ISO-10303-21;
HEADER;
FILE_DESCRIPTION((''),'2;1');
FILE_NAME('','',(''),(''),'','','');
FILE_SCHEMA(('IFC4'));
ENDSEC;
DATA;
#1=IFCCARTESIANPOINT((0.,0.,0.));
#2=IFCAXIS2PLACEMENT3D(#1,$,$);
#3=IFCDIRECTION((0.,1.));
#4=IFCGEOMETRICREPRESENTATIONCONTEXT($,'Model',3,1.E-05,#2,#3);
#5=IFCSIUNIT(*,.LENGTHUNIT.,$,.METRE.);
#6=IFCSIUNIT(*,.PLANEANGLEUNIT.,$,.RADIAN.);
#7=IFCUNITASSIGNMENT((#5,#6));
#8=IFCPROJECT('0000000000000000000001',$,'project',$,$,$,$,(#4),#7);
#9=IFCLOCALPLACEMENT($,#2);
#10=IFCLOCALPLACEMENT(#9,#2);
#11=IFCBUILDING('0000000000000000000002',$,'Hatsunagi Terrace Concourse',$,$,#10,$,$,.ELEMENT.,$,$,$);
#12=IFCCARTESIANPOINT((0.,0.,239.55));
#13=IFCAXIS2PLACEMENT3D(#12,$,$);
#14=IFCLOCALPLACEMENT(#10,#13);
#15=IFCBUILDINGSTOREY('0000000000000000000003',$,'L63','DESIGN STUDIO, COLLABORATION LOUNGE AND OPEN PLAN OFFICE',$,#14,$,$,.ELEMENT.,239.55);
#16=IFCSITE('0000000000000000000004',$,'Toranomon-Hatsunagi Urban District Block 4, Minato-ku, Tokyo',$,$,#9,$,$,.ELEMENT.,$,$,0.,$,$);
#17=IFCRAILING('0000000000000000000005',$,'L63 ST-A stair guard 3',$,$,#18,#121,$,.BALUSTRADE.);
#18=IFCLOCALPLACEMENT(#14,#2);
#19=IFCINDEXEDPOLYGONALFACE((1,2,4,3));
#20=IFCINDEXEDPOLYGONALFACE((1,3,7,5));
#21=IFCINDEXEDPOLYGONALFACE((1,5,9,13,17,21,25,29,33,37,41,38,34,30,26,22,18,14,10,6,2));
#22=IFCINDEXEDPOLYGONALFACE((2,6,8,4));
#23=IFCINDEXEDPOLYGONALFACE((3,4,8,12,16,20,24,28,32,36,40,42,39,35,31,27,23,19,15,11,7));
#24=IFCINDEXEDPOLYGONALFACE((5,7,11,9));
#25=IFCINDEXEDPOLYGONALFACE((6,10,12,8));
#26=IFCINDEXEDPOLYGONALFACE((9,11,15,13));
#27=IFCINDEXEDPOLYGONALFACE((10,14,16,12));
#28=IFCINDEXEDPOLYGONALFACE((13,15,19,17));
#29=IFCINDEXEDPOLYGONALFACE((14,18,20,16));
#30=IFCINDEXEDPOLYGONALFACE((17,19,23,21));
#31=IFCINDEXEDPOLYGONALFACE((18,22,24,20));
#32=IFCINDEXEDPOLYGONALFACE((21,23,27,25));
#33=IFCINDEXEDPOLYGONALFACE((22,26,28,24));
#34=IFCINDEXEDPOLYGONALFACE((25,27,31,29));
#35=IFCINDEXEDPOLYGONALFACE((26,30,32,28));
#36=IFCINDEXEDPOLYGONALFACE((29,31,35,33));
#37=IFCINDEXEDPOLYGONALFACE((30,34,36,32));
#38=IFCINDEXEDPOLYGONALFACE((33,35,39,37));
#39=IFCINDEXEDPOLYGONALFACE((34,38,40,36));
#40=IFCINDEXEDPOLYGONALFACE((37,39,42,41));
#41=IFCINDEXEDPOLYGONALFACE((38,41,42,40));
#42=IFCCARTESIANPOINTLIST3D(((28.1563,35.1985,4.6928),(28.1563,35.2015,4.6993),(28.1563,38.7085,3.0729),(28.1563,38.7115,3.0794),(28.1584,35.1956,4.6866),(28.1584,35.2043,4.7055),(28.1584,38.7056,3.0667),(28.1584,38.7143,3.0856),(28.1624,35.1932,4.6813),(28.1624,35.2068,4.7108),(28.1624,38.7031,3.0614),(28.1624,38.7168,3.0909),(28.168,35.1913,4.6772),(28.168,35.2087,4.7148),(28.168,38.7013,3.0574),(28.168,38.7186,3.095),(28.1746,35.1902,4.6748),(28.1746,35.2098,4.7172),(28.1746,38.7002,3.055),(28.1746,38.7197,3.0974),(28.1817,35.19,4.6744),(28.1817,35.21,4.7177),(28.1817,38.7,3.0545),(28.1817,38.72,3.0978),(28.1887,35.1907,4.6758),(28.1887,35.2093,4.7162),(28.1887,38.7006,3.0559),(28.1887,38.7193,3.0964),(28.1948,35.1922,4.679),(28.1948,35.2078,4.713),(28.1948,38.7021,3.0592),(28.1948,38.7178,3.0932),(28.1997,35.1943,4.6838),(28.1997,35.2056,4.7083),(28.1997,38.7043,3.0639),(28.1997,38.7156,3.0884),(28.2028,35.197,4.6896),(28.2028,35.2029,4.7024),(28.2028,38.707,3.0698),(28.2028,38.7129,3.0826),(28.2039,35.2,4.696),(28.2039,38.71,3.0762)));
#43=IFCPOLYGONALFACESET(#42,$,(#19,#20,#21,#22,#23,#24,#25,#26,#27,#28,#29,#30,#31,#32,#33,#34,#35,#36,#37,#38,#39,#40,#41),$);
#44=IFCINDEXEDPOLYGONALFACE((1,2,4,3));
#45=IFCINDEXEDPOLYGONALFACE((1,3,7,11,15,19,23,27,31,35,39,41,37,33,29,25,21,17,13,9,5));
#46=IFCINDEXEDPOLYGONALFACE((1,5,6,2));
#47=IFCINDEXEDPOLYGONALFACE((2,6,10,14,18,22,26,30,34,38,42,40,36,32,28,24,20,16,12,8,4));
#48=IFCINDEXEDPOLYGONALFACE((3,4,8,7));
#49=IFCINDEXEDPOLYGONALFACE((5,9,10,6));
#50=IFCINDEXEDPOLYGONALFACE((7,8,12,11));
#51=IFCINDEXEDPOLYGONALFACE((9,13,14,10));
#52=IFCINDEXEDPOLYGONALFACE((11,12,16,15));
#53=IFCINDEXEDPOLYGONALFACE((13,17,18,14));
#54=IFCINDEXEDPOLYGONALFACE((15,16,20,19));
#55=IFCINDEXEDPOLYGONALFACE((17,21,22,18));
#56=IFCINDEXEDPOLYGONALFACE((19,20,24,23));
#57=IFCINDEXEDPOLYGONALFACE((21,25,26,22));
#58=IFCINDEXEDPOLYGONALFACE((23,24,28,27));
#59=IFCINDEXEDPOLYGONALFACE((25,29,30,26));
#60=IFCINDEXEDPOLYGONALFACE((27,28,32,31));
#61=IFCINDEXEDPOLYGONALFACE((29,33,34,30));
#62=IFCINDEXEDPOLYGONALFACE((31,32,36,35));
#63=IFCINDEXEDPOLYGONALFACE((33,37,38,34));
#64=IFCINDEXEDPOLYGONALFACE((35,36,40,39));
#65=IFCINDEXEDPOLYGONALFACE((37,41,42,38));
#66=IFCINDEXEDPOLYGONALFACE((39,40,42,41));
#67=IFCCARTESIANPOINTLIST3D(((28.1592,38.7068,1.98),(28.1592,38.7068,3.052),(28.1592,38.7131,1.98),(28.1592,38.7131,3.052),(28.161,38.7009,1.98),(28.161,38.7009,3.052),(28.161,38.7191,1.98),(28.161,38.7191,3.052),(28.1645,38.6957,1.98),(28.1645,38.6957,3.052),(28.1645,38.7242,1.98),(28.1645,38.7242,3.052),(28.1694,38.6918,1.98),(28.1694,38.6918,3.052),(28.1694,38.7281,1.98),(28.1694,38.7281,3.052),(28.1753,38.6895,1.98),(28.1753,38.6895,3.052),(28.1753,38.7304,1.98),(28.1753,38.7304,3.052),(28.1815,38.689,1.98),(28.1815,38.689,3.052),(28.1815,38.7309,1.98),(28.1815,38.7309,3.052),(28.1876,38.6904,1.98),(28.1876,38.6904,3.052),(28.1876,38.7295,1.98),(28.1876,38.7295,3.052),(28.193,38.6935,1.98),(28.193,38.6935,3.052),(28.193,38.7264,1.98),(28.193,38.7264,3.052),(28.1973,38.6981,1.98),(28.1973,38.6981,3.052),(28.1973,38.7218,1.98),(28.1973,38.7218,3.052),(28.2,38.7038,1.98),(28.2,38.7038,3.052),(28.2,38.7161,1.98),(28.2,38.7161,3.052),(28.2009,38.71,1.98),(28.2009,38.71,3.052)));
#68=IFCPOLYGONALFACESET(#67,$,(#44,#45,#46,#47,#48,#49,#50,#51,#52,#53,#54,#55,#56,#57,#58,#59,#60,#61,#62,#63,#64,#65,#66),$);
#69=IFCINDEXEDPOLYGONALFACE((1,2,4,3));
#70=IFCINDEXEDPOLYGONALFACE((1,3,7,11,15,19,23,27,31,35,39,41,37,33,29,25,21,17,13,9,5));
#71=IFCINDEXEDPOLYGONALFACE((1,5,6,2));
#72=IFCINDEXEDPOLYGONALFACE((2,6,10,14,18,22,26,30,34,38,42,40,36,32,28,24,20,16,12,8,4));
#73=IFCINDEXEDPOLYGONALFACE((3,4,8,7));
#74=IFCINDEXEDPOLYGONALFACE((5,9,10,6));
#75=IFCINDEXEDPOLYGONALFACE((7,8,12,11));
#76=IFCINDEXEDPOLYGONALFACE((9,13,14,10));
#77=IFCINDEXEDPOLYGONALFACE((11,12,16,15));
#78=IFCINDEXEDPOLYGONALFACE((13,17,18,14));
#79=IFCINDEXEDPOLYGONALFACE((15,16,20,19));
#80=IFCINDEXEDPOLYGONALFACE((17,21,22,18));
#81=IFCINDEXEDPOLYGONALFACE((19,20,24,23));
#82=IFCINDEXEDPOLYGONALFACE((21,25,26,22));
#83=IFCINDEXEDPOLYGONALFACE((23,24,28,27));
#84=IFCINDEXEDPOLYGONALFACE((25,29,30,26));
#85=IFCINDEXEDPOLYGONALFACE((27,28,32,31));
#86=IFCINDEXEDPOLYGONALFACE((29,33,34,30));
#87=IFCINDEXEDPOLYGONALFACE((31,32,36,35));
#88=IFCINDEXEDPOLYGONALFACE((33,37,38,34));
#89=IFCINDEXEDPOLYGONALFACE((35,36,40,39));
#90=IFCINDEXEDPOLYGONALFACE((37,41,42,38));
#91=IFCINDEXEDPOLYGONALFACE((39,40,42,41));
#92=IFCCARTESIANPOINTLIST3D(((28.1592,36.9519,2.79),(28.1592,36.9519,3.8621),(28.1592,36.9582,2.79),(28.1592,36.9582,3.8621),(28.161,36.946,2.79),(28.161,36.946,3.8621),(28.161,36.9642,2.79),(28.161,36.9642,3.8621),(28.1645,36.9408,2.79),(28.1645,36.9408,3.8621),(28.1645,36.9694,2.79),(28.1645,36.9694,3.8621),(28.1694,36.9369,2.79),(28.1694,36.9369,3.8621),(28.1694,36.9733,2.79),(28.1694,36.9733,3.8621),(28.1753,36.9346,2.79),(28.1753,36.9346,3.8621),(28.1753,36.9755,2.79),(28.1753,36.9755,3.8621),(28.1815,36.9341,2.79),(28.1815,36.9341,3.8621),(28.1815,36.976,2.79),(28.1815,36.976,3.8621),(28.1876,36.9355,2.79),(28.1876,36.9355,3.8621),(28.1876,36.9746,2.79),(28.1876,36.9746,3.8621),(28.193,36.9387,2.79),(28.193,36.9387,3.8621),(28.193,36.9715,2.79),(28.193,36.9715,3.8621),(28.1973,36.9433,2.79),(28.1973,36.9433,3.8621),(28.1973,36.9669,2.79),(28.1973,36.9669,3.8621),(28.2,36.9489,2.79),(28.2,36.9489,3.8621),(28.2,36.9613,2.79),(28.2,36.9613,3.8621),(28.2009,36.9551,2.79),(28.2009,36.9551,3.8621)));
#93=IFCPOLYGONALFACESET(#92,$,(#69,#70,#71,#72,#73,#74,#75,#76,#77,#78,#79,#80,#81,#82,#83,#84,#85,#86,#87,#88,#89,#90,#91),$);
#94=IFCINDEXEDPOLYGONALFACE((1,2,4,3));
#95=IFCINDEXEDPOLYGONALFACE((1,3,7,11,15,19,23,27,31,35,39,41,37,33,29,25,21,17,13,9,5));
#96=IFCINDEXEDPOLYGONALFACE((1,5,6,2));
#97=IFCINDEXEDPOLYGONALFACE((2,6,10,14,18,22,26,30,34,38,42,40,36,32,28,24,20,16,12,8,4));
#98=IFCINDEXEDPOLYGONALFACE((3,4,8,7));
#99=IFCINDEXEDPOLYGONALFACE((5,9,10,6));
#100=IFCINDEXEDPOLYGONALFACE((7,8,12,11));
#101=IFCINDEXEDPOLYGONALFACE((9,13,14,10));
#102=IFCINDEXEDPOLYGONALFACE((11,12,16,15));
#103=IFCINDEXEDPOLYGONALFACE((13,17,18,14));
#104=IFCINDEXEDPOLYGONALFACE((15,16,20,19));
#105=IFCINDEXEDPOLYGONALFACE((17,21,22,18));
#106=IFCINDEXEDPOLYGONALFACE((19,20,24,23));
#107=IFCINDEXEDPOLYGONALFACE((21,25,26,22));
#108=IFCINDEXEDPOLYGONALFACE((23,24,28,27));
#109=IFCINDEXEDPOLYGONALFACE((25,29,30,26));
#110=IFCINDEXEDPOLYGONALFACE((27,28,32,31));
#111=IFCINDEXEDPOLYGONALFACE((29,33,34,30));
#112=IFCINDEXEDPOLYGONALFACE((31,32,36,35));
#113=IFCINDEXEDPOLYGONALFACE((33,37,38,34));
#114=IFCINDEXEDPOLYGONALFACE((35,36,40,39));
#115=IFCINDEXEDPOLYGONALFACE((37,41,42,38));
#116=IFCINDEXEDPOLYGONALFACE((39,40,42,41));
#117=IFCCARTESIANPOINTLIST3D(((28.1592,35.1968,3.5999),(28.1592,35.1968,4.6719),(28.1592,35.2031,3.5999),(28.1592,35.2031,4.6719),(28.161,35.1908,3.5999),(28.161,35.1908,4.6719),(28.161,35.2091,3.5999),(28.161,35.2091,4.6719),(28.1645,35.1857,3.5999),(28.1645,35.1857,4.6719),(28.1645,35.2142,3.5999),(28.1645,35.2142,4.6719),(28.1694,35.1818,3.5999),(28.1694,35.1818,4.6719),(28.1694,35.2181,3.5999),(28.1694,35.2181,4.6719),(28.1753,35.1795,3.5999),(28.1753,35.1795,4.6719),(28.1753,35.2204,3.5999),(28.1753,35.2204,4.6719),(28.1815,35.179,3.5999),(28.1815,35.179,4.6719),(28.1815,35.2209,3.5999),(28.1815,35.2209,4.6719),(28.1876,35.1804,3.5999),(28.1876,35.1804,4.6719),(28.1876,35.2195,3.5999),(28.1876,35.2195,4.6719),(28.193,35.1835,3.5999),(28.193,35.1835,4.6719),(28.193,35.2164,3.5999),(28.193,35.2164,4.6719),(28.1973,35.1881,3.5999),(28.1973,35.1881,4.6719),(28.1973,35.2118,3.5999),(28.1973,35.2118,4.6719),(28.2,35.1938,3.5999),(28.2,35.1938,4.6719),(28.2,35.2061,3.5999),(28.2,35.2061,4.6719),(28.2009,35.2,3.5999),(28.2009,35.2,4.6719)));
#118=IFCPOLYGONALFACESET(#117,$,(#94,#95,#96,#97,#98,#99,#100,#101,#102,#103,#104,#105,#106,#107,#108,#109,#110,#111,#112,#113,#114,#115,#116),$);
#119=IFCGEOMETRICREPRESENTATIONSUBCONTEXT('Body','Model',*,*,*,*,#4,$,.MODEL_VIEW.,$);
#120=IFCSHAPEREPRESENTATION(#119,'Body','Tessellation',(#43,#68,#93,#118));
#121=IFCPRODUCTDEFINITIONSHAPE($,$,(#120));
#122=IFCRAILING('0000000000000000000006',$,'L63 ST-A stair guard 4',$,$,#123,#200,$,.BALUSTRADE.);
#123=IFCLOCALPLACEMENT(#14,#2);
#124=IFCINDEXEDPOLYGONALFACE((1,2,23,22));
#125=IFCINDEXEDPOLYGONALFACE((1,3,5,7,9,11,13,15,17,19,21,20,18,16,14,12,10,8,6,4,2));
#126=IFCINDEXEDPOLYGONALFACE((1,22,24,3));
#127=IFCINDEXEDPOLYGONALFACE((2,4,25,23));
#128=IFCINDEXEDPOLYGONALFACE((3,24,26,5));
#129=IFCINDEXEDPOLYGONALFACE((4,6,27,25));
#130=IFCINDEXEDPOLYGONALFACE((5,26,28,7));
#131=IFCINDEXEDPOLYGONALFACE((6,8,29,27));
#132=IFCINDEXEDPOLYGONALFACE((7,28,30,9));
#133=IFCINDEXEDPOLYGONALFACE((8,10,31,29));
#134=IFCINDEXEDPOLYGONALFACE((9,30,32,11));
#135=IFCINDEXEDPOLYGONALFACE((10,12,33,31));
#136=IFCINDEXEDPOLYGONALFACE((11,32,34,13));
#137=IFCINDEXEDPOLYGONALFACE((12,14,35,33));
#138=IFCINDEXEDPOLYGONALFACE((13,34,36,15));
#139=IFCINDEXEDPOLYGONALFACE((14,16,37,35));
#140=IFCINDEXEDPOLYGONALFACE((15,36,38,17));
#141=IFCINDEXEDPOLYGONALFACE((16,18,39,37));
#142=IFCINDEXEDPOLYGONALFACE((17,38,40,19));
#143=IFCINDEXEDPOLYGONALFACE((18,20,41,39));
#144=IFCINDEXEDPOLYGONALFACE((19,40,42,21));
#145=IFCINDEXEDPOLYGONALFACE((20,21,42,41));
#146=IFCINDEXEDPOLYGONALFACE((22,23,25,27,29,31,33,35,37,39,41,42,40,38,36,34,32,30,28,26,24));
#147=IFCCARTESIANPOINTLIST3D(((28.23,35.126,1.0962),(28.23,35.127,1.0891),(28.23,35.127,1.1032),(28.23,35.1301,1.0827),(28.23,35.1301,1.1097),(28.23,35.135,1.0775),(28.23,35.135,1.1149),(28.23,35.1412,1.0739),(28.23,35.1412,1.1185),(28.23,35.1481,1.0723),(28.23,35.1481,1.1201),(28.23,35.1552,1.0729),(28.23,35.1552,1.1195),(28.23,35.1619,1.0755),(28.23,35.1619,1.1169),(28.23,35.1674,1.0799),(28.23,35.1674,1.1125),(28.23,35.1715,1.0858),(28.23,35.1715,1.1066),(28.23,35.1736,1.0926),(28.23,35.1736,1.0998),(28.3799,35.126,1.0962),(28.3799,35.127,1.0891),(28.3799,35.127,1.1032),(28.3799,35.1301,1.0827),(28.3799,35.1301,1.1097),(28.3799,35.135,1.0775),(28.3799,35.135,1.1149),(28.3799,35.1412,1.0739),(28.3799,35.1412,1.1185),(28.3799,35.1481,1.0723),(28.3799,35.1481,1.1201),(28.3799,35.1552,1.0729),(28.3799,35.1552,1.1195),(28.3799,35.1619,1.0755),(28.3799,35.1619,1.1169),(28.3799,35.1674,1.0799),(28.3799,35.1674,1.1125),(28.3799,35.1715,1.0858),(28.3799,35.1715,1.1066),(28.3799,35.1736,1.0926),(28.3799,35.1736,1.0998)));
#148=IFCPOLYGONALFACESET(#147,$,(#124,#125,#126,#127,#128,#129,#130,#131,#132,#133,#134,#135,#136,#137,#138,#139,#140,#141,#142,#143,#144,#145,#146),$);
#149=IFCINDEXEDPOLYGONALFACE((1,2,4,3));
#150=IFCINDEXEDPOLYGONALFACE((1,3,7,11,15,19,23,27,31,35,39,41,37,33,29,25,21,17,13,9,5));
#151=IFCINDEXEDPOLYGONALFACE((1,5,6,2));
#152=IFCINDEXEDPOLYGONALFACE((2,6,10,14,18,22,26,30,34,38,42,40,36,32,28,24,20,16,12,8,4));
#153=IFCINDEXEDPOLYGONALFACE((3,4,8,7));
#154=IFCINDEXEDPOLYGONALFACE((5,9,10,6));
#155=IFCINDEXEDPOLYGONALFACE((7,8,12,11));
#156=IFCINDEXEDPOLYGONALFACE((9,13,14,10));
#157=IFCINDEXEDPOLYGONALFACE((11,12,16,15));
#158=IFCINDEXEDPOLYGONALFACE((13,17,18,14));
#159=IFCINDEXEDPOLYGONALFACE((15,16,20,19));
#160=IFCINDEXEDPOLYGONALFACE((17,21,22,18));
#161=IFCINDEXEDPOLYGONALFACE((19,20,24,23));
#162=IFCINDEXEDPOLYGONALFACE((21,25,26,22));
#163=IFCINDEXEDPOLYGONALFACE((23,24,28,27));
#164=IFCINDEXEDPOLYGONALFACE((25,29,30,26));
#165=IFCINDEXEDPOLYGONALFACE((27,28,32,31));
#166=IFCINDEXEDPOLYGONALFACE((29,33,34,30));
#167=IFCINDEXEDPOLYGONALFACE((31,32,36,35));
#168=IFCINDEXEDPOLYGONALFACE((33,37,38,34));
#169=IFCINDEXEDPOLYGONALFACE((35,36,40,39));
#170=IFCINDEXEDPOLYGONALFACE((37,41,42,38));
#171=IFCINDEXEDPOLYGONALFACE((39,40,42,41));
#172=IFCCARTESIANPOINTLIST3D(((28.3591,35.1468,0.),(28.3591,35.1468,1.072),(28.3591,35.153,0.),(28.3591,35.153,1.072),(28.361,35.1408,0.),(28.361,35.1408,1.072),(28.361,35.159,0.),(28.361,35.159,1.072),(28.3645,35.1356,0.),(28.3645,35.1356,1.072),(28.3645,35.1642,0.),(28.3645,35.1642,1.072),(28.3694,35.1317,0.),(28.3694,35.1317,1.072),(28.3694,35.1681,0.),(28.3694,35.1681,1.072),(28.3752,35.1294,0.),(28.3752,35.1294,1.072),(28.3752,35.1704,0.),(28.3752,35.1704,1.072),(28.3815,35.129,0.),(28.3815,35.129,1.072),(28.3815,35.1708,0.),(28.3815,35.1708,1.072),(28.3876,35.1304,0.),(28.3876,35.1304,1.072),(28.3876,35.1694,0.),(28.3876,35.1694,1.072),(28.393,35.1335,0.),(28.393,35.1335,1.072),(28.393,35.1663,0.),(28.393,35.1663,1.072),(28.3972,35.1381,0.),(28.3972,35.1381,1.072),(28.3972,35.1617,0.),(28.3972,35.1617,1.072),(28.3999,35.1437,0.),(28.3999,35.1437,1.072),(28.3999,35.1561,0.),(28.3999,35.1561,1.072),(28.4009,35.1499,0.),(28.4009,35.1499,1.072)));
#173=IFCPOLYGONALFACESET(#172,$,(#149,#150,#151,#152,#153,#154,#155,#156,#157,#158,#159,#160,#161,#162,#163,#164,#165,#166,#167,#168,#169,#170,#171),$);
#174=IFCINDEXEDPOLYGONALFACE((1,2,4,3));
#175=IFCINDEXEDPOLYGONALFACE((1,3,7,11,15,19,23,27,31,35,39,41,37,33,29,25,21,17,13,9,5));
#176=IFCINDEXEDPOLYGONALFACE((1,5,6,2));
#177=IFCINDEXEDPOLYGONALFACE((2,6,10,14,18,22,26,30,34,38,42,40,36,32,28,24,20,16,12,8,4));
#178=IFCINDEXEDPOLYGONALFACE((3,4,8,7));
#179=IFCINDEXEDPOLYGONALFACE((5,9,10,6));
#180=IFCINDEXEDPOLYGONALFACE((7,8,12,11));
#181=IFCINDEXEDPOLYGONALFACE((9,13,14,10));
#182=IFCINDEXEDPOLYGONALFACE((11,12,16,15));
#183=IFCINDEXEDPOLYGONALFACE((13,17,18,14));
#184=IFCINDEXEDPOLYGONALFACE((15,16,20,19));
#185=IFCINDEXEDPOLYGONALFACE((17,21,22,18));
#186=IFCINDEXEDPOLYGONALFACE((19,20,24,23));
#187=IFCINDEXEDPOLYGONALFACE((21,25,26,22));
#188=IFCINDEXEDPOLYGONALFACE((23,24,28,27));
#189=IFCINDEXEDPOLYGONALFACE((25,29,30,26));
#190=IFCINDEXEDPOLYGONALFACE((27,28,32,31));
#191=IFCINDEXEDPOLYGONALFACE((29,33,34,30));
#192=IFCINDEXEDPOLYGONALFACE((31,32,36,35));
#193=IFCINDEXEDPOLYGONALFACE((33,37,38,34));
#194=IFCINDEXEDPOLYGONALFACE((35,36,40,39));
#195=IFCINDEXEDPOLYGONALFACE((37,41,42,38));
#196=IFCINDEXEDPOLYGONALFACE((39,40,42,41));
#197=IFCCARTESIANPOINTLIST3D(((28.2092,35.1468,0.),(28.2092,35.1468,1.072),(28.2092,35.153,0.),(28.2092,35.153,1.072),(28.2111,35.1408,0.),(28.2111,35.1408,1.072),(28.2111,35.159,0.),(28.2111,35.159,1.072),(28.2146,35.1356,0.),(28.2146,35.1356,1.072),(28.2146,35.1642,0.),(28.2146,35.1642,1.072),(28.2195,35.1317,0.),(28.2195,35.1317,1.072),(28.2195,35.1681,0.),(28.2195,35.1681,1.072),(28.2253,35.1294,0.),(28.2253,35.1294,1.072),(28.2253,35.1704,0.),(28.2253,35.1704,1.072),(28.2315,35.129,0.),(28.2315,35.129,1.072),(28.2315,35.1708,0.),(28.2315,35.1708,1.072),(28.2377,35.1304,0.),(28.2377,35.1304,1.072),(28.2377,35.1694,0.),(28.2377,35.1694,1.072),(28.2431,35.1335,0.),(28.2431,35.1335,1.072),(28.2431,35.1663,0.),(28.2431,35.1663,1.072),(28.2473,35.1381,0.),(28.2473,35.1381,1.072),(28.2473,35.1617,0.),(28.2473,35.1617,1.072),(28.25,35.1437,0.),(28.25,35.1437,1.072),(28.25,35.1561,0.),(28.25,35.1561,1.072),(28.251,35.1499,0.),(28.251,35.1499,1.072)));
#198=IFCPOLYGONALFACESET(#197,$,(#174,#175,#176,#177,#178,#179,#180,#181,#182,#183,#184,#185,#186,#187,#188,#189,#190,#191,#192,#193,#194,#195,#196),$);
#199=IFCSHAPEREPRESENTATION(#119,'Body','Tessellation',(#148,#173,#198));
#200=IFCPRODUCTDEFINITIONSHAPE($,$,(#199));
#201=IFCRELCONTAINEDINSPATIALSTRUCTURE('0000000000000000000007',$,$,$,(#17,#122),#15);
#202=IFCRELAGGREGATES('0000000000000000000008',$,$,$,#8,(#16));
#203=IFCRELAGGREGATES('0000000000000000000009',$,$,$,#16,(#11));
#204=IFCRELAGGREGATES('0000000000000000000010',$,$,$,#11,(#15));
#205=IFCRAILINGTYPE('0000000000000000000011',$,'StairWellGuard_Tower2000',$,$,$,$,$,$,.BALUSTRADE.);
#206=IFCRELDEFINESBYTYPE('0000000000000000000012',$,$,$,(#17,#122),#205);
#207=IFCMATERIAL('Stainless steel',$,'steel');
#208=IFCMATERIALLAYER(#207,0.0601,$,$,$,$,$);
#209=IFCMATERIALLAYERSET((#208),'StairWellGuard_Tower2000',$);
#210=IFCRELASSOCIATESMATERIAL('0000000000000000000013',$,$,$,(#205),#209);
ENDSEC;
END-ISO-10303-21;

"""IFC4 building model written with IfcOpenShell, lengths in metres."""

from ifc_helpers import new_model, si_unit, direction, frame, origin, origin_2d, place, context, subcontext, project, spatial, circle, extrude, material, layer, layer_set, type_object, element, save


model = new_model("IFC4")

# Units and contexts
model_context = context("Model", 3, precision=1e-05, world=origin(), true_north=direction((0.0, 1.0)))
body_context = subcontext(model_context, "Body", "Model", "MODEL_VIEW")
ifc_project = project(units=[si_unit("LENGTHUNIT", "METRE"), si_unit("PLANEANGLEUNIT", "RADIAN")], contexts=[model_context])

# Site, building, storey
site_placement = place(None, origin())
site = spatial("IfcSite", under=ifc_project, at=site_placement, Name="Toranomon-Hatsunagi Urban District Block 4, Minato-ku, Tokyo", CompositionType="ELEMENT", RefElevation=0.0)
building_placement = place(site_placement, origin())
building = spatial("IfcBuilding", under=site, at=building_placement, Name="Hatsunagi Terrace Concourse", CompositionType="ELEMENT")
storey_placement = place(building_placement, frame((0.0, 0.0, 239.55)))
storey = spatial("IfcBuildingStorey", under=building, at=storey_placement, Name="L63", Description="DESIGN STUDIO, COLLABORATION LOUNGE AND OPEN PLAN OFFICE", CompositionType="ELEMENT", Elevation=239.55)

# Railings
ifc_material_1 = material(Name="Stainless steel", Category="steel")
ifc_layer_1 = layer(ifc_material_1, 0.0601)
ifc_layer_set_1 = layer_set([ifc_layer_1], Name="StairWellGuard_Tower2000")
railing_type_1 = type_object("IfcRailingType", Name="StairWellGuard_Tower2000", PredefinedType="BALUSTRADE", material=ifc_layer_set_1)
railing_1_placement = place(storey_placement, frame((28.1799, 38.71, 1.98)))
element("IfcRailing", 1, at=railing_1_placement, inside=storey, type_object=railing_type_1, Name="L63 ST-A stair guard 3", PredefinedType="BALUSTRADE", context=body_context, shape_type="SweptSolid", body=[
    extrude(circle(Radius=0.0239, at=origin_2d()), frame((0.0, 0.0, 1.0962), z_axis=(0.0, -0.907972, 0.41903), x_axis=(1.0, 0.0, 0.0)), (0.0, 0.0, 1.0), 3.8657),
    extrude(circle(Radius=0.021, at=origin_2d()), origin(), (0.0, 0.0, 1.0), 1.072),
    extrude(circle(Radius=0.021, at=origin_2d()), frame((0.0, -1.7549, 0.8101)), (0.0, 0.0, 1.0), 1.072),
    extrude(circle(Radius=0.021, at=origin_2d()), frame((0.0, -3.51, 1.6199)), (0.0, 0.0, 1.0), 1.072),
])
railing_2_placement = place(storey_placement, frame((28.3799, 35.1499, 0.0)))
element("IfcRailing", 2, at=railing_2_placement, inside=storey, type_object=railing_type_1, Name="L63 ST-A stair guard 4", PredefinedType="BALUSTRADE", context=body_context, shape_type="SweptSolid", body=[
    extrude(circle(Radius=0.0239, at=origin_2d()), frame((0.0, 0.0, 1.0962), z_axis=(-1.0, 0.0, 0.0), x_axis=(0.0, -1.0, 0.0)), (0.0, 0.0, 1.0), 0.1499),
    extrude(circle(Radius=0.021, at=origin_2d()), origin(), (0.0, 0.0, 1.0), 1.072),
    extrude(circle(Radius=0.021, at=origin_2d()), frame((-0.1499, 0.0, 0.0)), (0.0, 0.0, 1.0), 1.072),
])

save(model, "model.ifc")
